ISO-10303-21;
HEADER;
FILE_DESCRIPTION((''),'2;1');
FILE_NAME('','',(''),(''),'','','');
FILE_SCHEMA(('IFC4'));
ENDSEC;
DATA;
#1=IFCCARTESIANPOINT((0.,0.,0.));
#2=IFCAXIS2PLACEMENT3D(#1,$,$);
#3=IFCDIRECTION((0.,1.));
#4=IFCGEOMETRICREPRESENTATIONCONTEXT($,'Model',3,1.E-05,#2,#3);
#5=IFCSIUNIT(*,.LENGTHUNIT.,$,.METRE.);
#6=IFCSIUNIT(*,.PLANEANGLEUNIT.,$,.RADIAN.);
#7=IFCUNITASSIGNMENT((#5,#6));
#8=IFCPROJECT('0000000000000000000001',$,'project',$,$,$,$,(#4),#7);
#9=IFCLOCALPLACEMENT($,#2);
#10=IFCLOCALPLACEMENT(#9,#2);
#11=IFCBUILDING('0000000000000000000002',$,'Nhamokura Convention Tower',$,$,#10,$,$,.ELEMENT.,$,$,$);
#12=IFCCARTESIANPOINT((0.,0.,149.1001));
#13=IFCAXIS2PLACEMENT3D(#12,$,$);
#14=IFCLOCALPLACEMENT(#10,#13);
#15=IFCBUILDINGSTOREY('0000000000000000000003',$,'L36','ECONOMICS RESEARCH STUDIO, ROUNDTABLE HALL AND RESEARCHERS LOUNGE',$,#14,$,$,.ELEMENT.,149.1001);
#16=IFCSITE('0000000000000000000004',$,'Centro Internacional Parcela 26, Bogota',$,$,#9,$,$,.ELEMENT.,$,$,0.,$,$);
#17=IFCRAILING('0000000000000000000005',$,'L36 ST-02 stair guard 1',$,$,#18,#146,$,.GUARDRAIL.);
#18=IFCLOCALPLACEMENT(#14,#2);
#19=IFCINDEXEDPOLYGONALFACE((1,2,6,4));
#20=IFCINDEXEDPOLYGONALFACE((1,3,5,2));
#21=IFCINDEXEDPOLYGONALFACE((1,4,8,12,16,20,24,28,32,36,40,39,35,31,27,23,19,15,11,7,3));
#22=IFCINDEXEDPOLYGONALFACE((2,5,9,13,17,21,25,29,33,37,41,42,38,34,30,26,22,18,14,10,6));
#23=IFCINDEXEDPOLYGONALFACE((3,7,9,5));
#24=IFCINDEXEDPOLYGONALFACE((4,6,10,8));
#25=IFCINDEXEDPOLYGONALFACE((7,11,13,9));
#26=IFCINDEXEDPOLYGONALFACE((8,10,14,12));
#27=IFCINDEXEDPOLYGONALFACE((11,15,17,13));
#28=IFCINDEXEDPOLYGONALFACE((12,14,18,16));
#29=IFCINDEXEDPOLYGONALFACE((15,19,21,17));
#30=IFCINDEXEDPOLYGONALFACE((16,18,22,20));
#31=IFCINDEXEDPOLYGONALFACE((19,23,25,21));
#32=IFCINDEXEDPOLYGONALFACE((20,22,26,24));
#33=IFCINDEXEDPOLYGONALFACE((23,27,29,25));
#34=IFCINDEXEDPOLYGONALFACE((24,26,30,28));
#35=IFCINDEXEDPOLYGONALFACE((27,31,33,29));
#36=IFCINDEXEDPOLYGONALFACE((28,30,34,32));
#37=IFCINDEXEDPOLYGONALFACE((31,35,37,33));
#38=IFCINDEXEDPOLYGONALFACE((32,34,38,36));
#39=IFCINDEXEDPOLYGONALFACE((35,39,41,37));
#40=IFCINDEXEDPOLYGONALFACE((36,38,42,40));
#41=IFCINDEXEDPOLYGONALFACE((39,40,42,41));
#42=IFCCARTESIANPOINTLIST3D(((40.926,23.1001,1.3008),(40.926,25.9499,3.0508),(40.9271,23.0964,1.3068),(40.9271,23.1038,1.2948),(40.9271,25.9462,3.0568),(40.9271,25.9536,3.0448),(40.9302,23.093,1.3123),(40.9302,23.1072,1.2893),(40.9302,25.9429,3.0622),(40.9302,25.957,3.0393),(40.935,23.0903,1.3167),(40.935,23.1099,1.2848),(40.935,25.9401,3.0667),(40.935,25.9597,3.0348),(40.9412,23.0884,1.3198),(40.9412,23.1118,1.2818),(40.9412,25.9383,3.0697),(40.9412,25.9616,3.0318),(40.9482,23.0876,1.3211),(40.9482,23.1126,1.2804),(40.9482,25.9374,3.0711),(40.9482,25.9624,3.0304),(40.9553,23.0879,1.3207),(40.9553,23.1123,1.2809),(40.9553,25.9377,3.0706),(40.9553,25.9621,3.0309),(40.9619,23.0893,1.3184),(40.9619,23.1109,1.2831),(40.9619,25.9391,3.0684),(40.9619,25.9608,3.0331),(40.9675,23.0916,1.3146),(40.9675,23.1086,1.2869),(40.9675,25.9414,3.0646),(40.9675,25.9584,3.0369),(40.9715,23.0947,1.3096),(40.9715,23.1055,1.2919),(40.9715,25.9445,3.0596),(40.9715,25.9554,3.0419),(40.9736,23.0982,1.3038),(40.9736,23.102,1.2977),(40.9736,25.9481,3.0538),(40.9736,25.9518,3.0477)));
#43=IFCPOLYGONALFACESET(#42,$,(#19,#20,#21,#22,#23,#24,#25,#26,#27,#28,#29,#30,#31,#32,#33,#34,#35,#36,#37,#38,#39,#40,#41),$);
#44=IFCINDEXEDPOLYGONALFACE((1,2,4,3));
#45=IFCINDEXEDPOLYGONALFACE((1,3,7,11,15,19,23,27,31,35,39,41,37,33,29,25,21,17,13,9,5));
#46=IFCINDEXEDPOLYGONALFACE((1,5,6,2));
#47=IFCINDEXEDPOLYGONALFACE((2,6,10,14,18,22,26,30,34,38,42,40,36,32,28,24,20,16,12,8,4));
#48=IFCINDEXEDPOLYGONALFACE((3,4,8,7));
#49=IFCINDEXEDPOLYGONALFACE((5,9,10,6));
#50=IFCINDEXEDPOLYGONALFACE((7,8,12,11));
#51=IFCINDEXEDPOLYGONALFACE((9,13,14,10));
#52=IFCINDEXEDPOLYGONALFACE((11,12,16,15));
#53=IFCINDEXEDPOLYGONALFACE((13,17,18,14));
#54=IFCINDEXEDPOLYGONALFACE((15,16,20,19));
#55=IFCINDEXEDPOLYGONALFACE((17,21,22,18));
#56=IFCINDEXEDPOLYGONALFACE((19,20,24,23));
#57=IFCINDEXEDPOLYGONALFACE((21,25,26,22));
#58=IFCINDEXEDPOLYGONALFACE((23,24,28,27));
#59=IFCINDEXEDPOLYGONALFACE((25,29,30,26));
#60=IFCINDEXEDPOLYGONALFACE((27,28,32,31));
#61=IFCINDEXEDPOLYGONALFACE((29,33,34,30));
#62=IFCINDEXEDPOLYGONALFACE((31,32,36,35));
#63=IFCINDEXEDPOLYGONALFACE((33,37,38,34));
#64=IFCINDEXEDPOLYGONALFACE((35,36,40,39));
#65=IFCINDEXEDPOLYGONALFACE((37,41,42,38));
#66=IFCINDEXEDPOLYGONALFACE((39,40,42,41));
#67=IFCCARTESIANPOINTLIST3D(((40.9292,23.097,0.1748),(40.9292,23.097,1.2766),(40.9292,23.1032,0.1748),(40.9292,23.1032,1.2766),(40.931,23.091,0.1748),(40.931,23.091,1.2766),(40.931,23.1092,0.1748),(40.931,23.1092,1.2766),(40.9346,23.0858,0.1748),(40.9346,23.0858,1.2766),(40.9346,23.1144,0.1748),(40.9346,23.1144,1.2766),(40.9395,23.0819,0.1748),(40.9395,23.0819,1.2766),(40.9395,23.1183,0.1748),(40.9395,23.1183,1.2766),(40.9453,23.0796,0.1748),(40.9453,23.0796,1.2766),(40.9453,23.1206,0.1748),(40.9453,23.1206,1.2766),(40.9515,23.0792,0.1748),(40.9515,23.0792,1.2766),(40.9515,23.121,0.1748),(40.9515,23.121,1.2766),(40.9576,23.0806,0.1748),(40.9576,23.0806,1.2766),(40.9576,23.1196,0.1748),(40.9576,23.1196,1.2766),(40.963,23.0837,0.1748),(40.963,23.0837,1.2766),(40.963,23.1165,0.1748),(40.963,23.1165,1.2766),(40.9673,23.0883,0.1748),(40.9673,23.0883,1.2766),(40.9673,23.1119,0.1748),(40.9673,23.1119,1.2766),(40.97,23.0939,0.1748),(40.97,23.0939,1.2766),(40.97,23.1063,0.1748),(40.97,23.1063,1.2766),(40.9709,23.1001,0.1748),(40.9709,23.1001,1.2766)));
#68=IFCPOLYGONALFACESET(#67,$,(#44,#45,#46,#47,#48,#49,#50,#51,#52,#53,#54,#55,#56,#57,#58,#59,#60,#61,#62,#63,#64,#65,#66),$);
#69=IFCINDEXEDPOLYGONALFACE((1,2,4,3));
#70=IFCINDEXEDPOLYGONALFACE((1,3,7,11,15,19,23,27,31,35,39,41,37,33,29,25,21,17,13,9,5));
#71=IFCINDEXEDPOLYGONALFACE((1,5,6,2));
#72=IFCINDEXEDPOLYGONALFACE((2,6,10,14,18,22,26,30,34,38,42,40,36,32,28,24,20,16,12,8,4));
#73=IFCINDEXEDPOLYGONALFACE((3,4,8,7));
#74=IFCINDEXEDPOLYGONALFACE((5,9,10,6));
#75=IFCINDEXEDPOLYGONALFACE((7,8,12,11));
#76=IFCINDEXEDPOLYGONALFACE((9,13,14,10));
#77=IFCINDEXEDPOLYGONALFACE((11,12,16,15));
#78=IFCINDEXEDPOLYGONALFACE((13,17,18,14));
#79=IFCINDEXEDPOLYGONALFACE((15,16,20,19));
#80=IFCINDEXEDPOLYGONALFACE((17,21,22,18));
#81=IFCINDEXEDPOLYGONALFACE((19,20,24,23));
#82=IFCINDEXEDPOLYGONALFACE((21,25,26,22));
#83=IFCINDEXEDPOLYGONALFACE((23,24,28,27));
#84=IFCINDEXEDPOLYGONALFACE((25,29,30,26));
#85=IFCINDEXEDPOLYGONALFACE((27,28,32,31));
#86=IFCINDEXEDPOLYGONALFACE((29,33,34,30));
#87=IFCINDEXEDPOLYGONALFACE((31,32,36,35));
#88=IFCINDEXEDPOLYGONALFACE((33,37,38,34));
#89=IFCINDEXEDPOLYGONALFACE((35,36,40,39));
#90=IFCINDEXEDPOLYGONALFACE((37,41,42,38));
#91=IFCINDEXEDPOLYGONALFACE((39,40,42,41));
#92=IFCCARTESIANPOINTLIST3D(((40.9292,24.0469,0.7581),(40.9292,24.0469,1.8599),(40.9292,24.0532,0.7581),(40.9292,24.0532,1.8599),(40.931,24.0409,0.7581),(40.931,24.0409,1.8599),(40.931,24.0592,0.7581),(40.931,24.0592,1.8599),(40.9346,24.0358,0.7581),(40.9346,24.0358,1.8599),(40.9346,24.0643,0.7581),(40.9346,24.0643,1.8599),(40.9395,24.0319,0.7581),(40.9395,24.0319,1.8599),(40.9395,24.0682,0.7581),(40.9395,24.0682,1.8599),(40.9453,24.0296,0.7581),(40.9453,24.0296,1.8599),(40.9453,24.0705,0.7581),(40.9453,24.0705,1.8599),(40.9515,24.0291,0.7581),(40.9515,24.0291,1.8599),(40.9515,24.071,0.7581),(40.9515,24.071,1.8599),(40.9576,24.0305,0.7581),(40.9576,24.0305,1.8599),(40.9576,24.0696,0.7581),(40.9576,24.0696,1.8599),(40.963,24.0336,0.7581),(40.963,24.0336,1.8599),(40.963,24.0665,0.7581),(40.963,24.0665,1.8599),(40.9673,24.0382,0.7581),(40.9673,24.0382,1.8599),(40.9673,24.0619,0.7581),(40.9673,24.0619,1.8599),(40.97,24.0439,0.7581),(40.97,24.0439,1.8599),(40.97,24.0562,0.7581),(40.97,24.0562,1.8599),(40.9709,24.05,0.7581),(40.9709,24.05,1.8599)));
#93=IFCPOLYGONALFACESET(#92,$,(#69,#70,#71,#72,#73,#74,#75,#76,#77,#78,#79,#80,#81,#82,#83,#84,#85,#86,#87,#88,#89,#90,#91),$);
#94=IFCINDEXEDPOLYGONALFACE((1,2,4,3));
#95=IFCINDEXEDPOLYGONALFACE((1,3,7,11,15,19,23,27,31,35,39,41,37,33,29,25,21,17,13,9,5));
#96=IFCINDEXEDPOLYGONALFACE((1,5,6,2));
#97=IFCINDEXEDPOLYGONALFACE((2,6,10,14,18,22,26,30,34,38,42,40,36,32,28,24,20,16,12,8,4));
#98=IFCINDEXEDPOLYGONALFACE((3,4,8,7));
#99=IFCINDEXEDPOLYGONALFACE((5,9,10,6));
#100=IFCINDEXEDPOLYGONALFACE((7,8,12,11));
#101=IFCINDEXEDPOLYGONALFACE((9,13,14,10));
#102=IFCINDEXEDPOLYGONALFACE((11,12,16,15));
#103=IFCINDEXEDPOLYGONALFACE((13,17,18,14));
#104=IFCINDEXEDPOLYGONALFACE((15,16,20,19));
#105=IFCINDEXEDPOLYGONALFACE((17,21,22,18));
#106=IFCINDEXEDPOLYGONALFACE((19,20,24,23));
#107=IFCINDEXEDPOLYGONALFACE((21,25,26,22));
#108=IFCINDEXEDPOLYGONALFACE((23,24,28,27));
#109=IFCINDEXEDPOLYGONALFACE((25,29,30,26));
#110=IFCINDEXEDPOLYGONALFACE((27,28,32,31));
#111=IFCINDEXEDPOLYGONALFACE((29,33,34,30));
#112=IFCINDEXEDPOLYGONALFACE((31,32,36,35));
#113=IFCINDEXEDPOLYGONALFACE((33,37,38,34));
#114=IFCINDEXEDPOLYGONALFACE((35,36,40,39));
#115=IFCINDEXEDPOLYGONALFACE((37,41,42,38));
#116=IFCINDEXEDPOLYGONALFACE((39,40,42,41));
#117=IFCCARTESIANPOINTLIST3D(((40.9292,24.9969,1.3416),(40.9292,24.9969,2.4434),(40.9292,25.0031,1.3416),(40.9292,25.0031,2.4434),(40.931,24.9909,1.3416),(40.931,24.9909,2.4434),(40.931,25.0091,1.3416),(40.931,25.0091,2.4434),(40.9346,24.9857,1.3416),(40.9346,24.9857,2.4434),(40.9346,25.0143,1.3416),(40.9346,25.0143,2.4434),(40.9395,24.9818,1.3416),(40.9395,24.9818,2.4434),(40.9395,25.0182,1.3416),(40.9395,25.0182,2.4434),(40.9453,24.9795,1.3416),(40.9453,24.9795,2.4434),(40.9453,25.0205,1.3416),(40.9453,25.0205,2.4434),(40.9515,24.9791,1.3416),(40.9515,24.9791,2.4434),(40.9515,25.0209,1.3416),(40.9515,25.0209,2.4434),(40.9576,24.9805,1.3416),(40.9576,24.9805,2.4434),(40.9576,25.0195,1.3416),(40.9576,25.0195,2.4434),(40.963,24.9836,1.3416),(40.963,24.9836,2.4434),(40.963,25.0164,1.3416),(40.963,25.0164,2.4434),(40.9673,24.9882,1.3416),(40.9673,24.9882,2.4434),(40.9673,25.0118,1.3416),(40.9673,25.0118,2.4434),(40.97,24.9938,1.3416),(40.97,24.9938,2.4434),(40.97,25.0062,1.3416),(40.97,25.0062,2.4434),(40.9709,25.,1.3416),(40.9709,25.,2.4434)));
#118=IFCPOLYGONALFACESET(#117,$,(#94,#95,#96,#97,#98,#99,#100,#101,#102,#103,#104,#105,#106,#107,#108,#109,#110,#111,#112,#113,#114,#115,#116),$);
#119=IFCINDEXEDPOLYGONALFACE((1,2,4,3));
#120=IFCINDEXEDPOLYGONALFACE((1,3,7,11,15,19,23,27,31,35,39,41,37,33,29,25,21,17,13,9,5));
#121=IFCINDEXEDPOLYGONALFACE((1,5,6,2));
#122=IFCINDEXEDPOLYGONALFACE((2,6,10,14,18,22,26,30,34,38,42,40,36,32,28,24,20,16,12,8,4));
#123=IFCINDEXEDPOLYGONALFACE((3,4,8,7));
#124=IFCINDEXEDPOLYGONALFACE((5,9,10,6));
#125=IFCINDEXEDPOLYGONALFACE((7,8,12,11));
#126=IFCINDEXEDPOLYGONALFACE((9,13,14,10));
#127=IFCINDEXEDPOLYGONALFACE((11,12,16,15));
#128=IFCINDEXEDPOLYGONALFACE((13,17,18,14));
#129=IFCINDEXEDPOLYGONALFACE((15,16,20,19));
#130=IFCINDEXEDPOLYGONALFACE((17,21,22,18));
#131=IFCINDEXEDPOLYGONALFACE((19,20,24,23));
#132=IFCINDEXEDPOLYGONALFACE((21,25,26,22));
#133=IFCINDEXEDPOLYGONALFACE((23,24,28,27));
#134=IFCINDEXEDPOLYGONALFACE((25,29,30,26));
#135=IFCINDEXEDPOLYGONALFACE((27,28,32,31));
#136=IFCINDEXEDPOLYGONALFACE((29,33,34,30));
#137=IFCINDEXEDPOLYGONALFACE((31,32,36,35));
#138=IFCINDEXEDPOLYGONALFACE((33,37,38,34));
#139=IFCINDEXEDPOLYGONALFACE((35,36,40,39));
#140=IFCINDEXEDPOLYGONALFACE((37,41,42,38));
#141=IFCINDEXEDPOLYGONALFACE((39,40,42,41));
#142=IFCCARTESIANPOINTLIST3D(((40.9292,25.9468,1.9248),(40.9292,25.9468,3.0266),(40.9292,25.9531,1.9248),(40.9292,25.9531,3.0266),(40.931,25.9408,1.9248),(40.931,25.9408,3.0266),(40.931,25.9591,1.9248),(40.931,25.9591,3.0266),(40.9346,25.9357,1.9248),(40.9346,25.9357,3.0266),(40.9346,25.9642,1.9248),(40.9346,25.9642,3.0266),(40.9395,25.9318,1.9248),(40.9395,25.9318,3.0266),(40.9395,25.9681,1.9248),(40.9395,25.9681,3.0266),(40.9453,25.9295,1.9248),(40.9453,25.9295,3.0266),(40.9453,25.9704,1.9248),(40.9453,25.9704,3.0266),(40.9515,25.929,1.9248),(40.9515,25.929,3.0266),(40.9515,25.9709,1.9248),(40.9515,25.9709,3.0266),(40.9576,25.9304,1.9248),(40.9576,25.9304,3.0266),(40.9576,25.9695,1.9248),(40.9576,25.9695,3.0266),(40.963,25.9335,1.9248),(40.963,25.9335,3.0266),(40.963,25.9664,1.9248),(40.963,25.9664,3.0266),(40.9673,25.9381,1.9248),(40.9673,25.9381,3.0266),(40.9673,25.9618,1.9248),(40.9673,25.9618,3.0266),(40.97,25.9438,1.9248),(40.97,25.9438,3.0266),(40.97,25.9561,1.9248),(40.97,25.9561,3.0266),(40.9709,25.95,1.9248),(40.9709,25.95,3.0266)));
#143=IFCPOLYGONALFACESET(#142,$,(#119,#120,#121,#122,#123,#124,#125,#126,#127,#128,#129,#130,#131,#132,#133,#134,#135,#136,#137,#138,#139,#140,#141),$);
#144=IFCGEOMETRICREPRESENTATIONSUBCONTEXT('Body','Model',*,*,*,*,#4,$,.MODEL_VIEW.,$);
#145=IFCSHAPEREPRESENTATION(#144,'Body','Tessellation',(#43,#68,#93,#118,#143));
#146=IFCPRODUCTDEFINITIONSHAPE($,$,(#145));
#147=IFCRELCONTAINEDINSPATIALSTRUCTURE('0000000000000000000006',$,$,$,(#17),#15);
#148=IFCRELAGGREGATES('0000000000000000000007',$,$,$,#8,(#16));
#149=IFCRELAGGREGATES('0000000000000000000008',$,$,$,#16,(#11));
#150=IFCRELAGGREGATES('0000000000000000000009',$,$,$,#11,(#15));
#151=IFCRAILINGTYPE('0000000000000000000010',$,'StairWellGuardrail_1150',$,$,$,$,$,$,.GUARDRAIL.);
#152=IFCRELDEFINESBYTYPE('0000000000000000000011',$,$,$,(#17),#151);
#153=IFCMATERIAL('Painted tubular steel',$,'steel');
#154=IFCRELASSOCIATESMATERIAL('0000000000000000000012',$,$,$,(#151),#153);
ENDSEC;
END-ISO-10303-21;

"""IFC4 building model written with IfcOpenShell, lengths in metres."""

from ifc_helpers import new_model, si_unit, direction, frame, origin, origin_2d, place, context, subcontext, project, spatial, circle, extrude, material, type_object, element, save


model = new_model("IFC4")

# Units and contexts
model_context = context("Model", 3, precision=1e-05, world=origin(), true_north=direction((0.0, 1.0)))
body_context = subcontext(model_context, "Body", "Model", "MODEL_VIEW")
ifc_project = project(units=[si_unit("LENGTHUNIT", "METRE"), si_unit("PLANEANGLEUNIT", "RADIAN")], contexts=[model_context])

# Site, building, storey
site_placement = place(None, origin())
site = spatial("IfcSite", under=ifc_project, at=site_placement, Name="Centro Internacional Parcela 26, Bogota", CompositionType="ELEMENT", RefElevation=0.0)
building_placement = place(site_placement, origin())
building = spatial("IfcBuilding", under=site, at=building_placement, Name="Nhamokura Convention Tower", CompositionType="ELEMENT")
storey_placement = place(building_placement, frame((0.0, 0.0, 149.1001)))
storey = spatial("IfcBuildingStorey", under=building, at=storey_placement, Name="L36", Description="ECONOMICS RESEARCH STUDIO, ROUNDTABLE HALL AND RESEARCHERS LOUNGE", CompositionType="ELEMENT", Elevation=149.1001)

# Railing
ifc_material_1 = material(Name="Painted tubular steel", Category="steel")
railing_type_1 = type_object("IfcRailingType", Name="StairWellGuardrail_1150", PredefinedType="GUARDRAIL", material=ifc_material_1)
railing_1_placement = place(storey_placement, frame((40.95, 23.1001, 0.1748)))
element("IfcRailing", 1, at=railing_1_placement, inside=storey, type_object=railing_type_1, Name="L36 ST-02 stair guard 1", PredefinedType="GUARDRAIL", context=body_context, shape_type="SweptSolid", body=[
    extrude(circle(Radius=0.0239, at=origin_2d()), frame((0.0, 0.0, 1.126), z_axis=(0.0, 0.852159, 0.523283), x_axis=(-1.0, 0.0, 0.0)), (0.0, 0.0, 1.0), 3.3442),
    extrude(circle(Radius=0.021, at=origin_2d()), origin(), (0.0, 0.0, 1.0), 1.1018),
    extrude(circle(Radius=0.021, at=origin_2d()), frame((0.0, 0.95, 0.5833)), (0.0, 0.0, 1.0), 1.1018),
    extrude(circle(Radius=0.021, at=origin_2d()), frame((0.0, 1.8999, 1.1667)), (0.0, 0.0, 1.0), 1.1018),
    extrude(circle(Radius=0.021, at=origin_2d()), frame((0.0, 2.8499, 1.75)), (0.0, 0.0, 1.0), 1.1018),
])

save(model, "model.ifc")
